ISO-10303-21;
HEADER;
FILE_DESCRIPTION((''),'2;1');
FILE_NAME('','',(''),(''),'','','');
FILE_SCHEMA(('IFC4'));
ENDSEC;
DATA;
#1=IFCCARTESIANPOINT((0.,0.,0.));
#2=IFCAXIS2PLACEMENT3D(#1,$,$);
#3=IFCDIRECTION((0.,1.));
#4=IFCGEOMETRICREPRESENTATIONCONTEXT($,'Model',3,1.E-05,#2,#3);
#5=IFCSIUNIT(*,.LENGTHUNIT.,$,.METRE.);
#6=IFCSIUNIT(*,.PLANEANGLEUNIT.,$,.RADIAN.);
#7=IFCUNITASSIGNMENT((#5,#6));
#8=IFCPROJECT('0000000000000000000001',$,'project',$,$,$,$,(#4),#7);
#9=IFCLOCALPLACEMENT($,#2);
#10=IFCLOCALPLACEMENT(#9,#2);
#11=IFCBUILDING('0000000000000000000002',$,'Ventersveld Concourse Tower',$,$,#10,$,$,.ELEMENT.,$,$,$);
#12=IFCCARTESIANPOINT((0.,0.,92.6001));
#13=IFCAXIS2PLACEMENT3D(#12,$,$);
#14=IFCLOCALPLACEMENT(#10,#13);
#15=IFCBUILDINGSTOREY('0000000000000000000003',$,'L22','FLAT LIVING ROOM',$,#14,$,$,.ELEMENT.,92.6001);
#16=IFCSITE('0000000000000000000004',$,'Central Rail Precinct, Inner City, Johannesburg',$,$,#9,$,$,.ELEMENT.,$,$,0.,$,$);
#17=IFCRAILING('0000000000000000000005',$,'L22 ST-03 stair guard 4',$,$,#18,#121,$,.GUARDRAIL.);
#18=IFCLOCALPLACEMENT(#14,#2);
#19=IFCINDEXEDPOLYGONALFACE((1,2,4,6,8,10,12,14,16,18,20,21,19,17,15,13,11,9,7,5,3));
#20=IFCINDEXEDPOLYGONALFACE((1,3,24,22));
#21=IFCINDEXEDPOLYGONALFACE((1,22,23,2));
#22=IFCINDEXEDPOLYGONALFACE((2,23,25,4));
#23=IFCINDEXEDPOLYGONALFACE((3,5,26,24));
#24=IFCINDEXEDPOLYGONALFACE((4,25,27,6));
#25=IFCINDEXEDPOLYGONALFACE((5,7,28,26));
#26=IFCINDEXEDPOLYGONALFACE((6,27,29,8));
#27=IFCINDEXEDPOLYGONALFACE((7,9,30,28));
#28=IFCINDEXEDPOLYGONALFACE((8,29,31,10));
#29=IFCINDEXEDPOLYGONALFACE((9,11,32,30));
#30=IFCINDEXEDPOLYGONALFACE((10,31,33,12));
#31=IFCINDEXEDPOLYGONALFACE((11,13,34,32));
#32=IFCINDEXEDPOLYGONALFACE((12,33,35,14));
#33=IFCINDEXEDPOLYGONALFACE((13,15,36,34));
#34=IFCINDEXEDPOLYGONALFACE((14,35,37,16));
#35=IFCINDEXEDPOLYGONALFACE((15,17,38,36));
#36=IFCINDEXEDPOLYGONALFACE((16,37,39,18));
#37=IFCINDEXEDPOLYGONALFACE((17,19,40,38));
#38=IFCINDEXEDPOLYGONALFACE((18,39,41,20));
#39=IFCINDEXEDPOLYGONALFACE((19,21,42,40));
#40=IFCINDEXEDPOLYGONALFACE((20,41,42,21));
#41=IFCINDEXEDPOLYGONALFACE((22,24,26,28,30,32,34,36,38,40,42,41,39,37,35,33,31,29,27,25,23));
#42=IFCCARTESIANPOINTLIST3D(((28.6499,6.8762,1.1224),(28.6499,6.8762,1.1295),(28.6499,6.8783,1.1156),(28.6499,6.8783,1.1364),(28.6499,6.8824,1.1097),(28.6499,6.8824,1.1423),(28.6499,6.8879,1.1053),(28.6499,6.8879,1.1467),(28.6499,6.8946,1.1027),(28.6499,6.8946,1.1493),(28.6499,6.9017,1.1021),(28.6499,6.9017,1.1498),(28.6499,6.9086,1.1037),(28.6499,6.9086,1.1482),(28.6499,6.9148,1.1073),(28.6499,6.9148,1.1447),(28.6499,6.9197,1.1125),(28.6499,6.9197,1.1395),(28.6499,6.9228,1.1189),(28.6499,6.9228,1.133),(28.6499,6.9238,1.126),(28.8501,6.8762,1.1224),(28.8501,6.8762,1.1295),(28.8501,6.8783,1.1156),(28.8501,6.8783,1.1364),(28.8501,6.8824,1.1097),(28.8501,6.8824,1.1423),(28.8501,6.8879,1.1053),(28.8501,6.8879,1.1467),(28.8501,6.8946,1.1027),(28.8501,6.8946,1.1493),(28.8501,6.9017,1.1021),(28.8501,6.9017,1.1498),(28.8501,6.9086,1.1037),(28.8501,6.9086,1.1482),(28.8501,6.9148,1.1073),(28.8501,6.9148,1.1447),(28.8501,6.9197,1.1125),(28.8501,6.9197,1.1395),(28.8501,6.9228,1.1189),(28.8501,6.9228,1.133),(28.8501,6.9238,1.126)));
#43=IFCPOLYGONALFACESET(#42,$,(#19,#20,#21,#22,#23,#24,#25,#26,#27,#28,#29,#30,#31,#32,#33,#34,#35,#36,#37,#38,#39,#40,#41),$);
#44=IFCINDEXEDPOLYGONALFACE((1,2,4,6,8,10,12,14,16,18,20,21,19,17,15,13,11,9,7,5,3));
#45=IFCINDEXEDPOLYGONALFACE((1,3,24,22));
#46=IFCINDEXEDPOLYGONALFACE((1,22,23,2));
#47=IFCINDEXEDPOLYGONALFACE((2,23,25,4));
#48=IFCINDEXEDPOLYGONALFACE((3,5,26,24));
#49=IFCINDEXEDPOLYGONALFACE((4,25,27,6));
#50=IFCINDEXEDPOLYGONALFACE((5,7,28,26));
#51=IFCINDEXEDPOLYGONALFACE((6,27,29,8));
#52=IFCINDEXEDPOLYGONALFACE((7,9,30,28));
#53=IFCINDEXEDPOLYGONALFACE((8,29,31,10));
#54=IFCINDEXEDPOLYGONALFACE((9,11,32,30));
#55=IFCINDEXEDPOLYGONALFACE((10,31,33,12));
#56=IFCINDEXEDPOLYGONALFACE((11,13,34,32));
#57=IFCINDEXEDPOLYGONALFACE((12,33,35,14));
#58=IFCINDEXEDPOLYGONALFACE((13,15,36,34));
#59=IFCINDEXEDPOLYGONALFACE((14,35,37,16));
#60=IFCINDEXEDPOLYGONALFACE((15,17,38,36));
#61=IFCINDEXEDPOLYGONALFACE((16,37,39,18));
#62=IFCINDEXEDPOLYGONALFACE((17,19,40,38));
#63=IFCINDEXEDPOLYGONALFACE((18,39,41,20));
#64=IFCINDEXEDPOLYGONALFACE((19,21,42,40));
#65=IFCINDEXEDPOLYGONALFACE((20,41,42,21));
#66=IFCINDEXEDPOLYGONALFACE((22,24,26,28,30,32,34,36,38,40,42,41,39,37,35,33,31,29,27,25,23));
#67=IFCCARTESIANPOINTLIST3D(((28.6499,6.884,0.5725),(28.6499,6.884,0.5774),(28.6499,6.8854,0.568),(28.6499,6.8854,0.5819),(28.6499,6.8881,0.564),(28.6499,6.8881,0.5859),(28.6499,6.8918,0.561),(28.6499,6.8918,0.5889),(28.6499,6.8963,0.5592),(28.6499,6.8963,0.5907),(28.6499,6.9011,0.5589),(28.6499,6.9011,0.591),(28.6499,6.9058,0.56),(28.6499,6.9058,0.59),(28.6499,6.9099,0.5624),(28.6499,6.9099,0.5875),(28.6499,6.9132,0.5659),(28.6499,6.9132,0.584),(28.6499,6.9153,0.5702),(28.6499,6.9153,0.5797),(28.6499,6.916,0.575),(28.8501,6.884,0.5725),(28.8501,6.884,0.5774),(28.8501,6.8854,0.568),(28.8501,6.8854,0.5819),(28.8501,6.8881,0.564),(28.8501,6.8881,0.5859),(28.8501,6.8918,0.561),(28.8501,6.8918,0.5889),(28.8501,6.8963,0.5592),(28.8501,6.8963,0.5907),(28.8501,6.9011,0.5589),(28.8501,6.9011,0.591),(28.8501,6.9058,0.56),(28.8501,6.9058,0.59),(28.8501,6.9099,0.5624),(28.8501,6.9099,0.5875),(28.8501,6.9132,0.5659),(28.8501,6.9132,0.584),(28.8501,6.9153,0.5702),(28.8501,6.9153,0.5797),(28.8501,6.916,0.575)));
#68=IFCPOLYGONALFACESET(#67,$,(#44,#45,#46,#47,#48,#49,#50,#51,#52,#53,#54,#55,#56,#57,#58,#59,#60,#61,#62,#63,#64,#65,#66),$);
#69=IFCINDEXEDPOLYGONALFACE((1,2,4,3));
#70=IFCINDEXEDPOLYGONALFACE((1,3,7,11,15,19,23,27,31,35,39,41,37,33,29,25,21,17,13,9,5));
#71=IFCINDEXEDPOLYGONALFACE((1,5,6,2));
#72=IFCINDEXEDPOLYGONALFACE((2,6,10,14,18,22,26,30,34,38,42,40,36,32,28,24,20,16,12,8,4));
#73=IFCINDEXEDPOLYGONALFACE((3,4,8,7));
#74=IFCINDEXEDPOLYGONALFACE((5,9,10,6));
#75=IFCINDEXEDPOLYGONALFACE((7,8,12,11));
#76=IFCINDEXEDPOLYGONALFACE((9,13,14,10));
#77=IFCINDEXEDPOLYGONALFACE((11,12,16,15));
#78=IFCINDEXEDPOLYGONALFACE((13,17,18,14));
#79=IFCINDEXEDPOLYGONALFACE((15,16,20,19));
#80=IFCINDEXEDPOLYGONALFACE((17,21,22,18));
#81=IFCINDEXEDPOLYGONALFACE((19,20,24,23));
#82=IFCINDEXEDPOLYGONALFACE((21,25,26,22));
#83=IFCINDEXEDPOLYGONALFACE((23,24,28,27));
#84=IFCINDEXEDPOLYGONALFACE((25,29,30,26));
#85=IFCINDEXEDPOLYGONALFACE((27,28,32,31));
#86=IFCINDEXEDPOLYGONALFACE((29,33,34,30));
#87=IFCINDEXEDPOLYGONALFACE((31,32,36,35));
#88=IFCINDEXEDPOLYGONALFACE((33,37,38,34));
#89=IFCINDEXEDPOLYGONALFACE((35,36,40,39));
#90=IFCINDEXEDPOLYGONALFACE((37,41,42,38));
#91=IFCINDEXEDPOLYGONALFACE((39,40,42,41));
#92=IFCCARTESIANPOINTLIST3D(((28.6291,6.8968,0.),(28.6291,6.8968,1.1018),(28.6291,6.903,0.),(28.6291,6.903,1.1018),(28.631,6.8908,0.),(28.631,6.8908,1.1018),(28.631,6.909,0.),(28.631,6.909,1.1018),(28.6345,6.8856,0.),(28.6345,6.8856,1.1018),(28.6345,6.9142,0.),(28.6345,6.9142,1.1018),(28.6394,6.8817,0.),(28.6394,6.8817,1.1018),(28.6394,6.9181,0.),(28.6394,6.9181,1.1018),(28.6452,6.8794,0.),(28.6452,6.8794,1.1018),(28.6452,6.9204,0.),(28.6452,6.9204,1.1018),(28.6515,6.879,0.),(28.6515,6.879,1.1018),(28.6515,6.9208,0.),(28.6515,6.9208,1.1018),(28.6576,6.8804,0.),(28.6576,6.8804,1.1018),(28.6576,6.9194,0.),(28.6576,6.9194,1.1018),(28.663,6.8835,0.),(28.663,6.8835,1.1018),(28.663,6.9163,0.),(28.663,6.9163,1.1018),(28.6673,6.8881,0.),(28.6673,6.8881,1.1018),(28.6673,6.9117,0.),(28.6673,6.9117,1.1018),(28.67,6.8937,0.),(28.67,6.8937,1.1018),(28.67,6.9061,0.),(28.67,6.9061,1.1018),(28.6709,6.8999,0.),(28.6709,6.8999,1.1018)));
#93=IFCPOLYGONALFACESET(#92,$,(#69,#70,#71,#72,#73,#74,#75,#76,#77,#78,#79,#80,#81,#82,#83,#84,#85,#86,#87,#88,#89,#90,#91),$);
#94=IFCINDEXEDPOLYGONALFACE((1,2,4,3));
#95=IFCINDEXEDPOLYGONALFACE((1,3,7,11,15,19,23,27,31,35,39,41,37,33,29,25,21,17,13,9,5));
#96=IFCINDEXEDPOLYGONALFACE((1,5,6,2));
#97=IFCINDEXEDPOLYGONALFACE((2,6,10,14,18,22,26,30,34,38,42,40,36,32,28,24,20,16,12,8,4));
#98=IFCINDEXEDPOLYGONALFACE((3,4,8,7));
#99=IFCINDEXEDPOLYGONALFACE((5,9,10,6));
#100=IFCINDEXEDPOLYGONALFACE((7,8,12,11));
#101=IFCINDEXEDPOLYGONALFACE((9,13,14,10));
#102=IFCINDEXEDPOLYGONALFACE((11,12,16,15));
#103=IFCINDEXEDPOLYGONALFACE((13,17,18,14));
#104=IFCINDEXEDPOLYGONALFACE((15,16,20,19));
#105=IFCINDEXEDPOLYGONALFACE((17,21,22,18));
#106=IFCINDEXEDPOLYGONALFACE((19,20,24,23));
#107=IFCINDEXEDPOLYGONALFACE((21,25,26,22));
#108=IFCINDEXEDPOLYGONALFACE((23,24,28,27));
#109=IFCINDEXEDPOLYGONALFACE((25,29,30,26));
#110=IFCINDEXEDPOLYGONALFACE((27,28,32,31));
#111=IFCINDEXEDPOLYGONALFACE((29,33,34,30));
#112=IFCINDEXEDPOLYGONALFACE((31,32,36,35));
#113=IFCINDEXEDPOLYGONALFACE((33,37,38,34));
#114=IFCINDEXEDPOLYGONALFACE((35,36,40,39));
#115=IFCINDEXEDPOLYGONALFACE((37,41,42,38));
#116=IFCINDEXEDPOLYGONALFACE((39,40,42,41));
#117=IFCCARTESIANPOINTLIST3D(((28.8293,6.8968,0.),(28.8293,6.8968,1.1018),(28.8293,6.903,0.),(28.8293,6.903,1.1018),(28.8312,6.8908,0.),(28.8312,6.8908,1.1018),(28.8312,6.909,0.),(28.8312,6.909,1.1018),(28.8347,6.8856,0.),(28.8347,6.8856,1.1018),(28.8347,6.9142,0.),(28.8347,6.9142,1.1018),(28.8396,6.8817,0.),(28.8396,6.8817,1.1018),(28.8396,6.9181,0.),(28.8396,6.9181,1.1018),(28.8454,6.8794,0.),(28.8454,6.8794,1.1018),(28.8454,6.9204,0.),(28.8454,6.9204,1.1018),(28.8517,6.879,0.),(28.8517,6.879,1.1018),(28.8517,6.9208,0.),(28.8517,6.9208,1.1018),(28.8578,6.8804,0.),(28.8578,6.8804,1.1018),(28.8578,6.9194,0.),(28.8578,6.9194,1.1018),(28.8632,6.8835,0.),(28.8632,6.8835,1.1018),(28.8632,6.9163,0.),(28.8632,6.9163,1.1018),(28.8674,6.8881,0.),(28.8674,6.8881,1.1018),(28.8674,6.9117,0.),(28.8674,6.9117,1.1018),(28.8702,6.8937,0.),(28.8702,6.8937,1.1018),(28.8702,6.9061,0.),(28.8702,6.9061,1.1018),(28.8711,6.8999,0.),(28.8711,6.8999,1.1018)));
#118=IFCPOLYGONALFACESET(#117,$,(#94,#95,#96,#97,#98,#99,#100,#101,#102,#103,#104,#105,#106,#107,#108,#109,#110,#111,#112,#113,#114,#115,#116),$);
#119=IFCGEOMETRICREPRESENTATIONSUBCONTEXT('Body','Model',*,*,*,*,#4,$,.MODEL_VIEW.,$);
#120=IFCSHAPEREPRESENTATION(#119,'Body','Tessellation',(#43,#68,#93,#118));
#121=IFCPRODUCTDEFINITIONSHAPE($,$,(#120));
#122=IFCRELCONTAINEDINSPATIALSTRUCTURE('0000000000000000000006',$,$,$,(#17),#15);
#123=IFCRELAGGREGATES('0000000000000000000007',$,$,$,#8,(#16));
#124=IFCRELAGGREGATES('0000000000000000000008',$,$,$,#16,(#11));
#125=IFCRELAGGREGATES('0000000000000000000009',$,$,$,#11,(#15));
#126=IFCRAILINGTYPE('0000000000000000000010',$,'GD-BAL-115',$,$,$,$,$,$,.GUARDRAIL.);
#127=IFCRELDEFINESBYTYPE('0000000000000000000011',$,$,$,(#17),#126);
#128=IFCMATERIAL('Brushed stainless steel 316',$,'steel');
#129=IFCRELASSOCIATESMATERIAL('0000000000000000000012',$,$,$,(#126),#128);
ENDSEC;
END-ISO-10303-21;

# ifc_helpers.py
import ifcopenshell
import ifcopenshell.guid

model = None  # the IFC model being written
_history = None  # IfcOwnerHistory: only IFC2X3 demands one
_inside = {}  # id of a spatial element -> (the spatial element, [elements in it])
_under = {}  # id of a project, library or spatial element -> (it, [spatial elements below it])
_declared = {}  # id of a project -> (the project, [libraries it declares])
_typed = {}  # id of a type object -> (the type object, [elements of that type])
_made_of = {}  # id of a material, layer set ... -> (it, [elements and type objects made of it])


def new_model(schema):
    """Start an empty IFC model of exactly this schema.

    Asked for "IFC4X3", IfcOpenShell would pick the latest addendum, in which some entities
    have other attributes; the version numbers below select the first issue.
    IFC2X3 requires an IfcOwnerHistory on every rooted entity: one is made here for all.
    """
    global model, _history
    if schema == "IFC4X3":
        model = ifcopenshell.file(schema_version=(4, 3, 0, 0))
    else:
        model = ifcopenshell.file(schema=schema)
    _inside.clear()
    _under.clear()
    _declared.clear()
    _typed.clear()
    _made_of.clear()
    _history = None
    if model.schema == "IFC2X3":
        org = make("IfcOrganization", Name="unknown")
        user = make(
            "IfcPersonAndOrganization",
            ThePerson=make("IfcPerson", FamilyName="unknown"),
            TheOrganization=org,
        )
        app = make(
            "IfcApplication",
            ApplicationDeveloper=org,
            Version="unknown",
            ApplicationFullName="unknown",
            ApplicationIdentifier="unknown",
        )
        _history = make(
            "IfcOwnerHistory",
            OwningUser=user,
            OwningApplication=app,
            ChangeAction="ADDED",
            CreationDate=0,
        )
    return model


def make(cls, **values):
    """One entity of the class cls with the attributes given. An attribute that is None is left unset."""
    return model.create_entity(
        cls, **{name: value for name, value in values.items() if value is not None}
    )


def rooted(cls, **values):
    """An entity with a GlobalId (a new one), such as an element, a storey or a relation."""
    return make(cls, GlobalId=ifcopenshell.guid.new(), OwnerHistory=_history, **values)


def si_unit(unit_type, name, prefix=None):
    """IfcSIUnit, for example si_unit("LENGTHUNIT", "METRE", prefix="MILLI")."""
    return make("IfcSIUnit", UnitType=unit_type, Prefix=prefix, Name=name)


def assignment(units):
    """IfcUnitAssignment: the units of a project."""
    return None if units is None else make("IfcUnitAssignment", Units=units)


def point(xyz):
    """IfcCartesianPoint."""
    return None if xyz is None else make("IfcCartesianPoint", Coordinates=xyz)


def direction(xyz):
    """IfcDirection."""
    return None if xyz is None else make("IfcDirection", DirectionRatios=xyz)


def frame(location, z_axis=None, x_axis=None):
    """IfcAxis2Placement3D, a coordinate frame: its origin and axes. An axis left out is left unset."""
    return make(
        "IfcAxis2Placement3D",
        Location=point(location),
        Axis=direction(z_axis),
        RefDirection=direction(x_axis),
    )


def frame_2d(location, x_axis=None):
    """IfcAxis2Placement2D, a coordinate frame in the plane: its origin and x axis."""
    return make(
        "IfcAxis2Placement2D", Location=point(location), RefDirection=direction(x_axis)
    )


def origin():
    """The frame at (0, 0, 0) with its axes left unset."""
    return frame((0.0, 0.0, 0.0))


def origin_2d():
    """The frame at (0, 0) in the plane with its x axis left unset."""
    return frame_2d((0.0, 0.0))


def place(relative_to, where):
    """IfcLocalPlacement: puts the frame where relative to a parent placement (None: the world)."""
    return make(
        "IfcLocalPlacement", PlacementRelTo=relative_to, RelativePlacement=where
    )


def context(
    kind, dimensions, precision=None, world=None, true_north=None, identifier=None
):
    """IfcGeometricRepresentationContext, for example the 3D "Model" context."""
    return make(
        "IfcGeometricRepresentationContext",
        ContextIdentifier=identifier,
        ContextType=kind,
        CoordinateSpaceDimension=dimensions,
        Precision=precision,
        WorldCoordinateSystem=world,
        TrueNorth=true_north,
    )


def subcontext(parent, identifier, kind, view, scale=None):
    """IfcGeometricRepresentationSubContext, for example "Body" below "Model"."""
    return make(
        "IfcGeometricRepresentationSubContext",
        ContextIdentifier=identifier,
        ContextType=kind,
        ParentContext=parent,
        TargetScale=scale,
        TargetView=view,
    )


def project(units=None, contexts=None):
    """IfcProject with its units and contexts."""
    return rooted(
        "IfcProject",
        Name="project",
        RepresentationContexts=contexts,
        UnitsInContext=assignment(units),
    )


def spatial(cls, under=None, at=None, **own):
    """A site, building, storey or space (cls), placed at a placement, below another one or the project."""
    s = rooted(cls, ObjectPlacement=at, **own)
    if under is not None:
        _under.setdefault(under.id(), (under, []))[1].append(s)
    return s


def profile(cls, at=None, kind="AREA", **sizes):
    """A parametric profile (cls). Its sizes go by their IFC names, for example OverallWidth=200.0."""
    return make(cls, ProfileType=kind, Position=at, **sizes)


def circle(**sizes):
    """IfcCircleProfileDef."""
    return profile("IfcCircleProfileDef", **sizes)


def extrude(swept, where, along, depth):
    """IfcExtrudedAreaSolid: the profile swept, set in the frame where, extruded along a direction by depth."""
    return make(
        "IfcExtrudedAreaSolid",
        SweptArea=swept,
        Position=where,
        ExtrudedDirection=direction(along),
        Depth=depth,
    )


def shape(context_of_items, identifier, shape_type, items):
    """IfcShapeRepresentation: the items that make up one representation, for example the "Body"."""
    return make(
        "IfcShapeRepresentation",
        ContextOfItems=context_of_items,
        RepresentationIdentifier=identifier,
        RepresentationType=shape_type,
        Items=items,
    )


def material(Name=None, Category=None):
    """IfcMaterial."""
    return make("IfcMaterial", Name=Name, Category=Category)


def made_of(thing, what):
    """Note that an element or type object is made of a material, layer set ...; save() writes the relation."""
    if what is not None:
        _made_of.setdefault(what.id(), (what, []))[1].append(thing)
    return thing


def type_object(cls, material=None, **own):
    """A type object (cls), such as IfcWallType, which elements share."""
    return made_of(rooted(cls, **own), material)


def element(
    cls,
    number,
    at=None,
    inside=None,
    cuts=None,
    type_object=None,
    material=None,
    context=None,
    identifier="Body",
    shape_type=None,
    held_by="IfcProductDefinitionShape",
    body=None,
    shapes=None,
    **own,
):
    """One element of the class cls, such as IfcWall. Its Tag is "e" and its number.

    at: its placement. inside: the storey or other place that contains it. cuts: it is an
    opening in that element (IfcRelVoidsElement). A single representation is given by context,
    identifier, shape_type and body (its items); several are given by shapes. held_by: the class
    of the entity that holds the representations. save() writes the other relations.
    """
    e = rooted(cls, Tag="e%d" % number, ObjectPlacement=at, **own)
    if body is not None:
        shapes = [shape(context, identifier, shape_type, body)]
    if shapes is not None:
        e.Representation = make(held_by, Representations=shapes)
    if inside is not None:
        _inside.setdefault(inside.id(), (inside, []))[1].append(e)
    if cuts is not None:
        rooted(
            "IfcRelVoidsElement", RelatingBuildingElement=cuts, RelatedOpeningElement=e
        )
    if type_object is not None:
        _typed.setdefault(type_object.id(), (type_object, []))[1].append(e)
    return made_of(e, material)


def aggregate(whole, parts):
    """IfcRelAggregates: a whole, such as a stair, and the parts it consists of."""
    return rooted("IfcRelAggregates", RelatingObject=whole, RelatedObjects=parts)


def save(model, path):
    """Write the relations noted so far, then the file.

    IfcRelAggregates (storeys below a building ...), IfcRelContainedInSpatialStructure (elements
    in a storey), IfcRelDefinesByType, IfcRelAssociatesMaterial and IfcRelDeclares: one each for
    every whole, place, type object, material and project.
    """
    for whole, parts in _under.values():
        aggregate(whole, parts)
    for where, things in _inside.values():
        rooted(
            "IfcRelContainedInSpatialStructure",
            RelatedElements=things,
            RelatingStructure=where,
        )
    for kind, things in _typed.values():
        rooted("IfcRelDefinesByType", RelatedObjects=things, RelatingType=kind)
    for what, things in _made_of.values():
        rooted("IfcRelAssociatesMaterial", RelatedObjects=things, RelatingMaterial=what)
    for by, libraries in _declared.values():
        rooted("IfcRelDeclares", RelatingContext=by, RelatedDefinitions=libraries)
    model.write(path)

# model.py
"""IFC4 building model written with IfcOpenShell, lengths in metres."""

from ifc_helpers import new_model, si_unit, direction, frame, origin, origin_2d, place, context, subcontext, project, spatial, circle, extrude, material, type_object, element, save


model = new_model("IFC4")

# Units and contexts
model_context = context("Model", 3, precision=1e-05, world=origin(), true_north=direction((0.0, 1.0)))
body_context = subcontext(model_context, "Body", "Model", "MODEL_VIEW")
ifc_project = project(units=[si_unit("LENGTHUNIT", "METRE"), si_unit("PLANEANGLEUNIT", "RADIAN")], contexts=[model_context])

# Site, building, storey
site_placement = place(None, origin())
site = spatial("IfcSite", under=ifc_project, at=site_placement, Name="Central Rail Precinct, Inner City, Johannesburg", CompositionType="ELEMENT", RefElevation=0.0)
building_placement = place(site_placement, origin())
building = spatial("IfcBuilding", under=site, at=building_placement, Name="Ventersveld Concourse Tower", CompositionType="ELEMENT")
storey_placement = place(building_placement, frame((0.0, 0.0, 92.6001)))
storey = spatial("IfcBuildingStorey", under=building, at=storey_placement, Name="L22", Description="FLAT LIVING ROOM", CompositionType="ELEMENT", Elevation=92.6001)

# Shared definitions
ifc_material_1 = material(Name="Brushed stainless steel 316", Category="steel")

# Railing
railing_type_1 = type_object("IfcRailingType", Name="GD-BAL-115", PredefinedType="GUARDRAIL", material=ifc_material_1)
railing_1_placement = place(storey_placement, frame((28.6499, 6.8999, 0.0)))
element("IfcRailing", 1, at=railing_1_placement, inside=storey, type_object=railing_type_1, Name="L22 ST-03 stair guard 4", PredefinedType="GUARDRAIL", context=body_context, shape_type="SweptSolid", body=[
    extrude(circle(Radius=0.0239, at=origin_2d()), frame((0.0, 0.0, 1.126), z_axis=(1.0, 0.0, 0.0), x_axis=(0.0, 1.0, 0.0)), (0.0, 0.0, 1.0), 0.2002),
    extrude(circle(Radius=0.0161, at=origin_2d()), frame((0.0, 0.0, 0.575), z_axis=(1.0, 0.0, 0.0), x_axis=(0.0, 1.0, 0.0)), (0.0, 0.0, 1.0), 0.2002),
    extrude(circle(Radius=0.021, at=origin_2d()), origin(), (0.0, 0.0, 1.0), 1.1018),
    extrude(circle(Radius=0.021, at=origin_2d()), frame((0.2002, 0.0, 0.0)), (0.0, 0.0, 1.0), 1.1018),
])

save(model, "model.ifc")
